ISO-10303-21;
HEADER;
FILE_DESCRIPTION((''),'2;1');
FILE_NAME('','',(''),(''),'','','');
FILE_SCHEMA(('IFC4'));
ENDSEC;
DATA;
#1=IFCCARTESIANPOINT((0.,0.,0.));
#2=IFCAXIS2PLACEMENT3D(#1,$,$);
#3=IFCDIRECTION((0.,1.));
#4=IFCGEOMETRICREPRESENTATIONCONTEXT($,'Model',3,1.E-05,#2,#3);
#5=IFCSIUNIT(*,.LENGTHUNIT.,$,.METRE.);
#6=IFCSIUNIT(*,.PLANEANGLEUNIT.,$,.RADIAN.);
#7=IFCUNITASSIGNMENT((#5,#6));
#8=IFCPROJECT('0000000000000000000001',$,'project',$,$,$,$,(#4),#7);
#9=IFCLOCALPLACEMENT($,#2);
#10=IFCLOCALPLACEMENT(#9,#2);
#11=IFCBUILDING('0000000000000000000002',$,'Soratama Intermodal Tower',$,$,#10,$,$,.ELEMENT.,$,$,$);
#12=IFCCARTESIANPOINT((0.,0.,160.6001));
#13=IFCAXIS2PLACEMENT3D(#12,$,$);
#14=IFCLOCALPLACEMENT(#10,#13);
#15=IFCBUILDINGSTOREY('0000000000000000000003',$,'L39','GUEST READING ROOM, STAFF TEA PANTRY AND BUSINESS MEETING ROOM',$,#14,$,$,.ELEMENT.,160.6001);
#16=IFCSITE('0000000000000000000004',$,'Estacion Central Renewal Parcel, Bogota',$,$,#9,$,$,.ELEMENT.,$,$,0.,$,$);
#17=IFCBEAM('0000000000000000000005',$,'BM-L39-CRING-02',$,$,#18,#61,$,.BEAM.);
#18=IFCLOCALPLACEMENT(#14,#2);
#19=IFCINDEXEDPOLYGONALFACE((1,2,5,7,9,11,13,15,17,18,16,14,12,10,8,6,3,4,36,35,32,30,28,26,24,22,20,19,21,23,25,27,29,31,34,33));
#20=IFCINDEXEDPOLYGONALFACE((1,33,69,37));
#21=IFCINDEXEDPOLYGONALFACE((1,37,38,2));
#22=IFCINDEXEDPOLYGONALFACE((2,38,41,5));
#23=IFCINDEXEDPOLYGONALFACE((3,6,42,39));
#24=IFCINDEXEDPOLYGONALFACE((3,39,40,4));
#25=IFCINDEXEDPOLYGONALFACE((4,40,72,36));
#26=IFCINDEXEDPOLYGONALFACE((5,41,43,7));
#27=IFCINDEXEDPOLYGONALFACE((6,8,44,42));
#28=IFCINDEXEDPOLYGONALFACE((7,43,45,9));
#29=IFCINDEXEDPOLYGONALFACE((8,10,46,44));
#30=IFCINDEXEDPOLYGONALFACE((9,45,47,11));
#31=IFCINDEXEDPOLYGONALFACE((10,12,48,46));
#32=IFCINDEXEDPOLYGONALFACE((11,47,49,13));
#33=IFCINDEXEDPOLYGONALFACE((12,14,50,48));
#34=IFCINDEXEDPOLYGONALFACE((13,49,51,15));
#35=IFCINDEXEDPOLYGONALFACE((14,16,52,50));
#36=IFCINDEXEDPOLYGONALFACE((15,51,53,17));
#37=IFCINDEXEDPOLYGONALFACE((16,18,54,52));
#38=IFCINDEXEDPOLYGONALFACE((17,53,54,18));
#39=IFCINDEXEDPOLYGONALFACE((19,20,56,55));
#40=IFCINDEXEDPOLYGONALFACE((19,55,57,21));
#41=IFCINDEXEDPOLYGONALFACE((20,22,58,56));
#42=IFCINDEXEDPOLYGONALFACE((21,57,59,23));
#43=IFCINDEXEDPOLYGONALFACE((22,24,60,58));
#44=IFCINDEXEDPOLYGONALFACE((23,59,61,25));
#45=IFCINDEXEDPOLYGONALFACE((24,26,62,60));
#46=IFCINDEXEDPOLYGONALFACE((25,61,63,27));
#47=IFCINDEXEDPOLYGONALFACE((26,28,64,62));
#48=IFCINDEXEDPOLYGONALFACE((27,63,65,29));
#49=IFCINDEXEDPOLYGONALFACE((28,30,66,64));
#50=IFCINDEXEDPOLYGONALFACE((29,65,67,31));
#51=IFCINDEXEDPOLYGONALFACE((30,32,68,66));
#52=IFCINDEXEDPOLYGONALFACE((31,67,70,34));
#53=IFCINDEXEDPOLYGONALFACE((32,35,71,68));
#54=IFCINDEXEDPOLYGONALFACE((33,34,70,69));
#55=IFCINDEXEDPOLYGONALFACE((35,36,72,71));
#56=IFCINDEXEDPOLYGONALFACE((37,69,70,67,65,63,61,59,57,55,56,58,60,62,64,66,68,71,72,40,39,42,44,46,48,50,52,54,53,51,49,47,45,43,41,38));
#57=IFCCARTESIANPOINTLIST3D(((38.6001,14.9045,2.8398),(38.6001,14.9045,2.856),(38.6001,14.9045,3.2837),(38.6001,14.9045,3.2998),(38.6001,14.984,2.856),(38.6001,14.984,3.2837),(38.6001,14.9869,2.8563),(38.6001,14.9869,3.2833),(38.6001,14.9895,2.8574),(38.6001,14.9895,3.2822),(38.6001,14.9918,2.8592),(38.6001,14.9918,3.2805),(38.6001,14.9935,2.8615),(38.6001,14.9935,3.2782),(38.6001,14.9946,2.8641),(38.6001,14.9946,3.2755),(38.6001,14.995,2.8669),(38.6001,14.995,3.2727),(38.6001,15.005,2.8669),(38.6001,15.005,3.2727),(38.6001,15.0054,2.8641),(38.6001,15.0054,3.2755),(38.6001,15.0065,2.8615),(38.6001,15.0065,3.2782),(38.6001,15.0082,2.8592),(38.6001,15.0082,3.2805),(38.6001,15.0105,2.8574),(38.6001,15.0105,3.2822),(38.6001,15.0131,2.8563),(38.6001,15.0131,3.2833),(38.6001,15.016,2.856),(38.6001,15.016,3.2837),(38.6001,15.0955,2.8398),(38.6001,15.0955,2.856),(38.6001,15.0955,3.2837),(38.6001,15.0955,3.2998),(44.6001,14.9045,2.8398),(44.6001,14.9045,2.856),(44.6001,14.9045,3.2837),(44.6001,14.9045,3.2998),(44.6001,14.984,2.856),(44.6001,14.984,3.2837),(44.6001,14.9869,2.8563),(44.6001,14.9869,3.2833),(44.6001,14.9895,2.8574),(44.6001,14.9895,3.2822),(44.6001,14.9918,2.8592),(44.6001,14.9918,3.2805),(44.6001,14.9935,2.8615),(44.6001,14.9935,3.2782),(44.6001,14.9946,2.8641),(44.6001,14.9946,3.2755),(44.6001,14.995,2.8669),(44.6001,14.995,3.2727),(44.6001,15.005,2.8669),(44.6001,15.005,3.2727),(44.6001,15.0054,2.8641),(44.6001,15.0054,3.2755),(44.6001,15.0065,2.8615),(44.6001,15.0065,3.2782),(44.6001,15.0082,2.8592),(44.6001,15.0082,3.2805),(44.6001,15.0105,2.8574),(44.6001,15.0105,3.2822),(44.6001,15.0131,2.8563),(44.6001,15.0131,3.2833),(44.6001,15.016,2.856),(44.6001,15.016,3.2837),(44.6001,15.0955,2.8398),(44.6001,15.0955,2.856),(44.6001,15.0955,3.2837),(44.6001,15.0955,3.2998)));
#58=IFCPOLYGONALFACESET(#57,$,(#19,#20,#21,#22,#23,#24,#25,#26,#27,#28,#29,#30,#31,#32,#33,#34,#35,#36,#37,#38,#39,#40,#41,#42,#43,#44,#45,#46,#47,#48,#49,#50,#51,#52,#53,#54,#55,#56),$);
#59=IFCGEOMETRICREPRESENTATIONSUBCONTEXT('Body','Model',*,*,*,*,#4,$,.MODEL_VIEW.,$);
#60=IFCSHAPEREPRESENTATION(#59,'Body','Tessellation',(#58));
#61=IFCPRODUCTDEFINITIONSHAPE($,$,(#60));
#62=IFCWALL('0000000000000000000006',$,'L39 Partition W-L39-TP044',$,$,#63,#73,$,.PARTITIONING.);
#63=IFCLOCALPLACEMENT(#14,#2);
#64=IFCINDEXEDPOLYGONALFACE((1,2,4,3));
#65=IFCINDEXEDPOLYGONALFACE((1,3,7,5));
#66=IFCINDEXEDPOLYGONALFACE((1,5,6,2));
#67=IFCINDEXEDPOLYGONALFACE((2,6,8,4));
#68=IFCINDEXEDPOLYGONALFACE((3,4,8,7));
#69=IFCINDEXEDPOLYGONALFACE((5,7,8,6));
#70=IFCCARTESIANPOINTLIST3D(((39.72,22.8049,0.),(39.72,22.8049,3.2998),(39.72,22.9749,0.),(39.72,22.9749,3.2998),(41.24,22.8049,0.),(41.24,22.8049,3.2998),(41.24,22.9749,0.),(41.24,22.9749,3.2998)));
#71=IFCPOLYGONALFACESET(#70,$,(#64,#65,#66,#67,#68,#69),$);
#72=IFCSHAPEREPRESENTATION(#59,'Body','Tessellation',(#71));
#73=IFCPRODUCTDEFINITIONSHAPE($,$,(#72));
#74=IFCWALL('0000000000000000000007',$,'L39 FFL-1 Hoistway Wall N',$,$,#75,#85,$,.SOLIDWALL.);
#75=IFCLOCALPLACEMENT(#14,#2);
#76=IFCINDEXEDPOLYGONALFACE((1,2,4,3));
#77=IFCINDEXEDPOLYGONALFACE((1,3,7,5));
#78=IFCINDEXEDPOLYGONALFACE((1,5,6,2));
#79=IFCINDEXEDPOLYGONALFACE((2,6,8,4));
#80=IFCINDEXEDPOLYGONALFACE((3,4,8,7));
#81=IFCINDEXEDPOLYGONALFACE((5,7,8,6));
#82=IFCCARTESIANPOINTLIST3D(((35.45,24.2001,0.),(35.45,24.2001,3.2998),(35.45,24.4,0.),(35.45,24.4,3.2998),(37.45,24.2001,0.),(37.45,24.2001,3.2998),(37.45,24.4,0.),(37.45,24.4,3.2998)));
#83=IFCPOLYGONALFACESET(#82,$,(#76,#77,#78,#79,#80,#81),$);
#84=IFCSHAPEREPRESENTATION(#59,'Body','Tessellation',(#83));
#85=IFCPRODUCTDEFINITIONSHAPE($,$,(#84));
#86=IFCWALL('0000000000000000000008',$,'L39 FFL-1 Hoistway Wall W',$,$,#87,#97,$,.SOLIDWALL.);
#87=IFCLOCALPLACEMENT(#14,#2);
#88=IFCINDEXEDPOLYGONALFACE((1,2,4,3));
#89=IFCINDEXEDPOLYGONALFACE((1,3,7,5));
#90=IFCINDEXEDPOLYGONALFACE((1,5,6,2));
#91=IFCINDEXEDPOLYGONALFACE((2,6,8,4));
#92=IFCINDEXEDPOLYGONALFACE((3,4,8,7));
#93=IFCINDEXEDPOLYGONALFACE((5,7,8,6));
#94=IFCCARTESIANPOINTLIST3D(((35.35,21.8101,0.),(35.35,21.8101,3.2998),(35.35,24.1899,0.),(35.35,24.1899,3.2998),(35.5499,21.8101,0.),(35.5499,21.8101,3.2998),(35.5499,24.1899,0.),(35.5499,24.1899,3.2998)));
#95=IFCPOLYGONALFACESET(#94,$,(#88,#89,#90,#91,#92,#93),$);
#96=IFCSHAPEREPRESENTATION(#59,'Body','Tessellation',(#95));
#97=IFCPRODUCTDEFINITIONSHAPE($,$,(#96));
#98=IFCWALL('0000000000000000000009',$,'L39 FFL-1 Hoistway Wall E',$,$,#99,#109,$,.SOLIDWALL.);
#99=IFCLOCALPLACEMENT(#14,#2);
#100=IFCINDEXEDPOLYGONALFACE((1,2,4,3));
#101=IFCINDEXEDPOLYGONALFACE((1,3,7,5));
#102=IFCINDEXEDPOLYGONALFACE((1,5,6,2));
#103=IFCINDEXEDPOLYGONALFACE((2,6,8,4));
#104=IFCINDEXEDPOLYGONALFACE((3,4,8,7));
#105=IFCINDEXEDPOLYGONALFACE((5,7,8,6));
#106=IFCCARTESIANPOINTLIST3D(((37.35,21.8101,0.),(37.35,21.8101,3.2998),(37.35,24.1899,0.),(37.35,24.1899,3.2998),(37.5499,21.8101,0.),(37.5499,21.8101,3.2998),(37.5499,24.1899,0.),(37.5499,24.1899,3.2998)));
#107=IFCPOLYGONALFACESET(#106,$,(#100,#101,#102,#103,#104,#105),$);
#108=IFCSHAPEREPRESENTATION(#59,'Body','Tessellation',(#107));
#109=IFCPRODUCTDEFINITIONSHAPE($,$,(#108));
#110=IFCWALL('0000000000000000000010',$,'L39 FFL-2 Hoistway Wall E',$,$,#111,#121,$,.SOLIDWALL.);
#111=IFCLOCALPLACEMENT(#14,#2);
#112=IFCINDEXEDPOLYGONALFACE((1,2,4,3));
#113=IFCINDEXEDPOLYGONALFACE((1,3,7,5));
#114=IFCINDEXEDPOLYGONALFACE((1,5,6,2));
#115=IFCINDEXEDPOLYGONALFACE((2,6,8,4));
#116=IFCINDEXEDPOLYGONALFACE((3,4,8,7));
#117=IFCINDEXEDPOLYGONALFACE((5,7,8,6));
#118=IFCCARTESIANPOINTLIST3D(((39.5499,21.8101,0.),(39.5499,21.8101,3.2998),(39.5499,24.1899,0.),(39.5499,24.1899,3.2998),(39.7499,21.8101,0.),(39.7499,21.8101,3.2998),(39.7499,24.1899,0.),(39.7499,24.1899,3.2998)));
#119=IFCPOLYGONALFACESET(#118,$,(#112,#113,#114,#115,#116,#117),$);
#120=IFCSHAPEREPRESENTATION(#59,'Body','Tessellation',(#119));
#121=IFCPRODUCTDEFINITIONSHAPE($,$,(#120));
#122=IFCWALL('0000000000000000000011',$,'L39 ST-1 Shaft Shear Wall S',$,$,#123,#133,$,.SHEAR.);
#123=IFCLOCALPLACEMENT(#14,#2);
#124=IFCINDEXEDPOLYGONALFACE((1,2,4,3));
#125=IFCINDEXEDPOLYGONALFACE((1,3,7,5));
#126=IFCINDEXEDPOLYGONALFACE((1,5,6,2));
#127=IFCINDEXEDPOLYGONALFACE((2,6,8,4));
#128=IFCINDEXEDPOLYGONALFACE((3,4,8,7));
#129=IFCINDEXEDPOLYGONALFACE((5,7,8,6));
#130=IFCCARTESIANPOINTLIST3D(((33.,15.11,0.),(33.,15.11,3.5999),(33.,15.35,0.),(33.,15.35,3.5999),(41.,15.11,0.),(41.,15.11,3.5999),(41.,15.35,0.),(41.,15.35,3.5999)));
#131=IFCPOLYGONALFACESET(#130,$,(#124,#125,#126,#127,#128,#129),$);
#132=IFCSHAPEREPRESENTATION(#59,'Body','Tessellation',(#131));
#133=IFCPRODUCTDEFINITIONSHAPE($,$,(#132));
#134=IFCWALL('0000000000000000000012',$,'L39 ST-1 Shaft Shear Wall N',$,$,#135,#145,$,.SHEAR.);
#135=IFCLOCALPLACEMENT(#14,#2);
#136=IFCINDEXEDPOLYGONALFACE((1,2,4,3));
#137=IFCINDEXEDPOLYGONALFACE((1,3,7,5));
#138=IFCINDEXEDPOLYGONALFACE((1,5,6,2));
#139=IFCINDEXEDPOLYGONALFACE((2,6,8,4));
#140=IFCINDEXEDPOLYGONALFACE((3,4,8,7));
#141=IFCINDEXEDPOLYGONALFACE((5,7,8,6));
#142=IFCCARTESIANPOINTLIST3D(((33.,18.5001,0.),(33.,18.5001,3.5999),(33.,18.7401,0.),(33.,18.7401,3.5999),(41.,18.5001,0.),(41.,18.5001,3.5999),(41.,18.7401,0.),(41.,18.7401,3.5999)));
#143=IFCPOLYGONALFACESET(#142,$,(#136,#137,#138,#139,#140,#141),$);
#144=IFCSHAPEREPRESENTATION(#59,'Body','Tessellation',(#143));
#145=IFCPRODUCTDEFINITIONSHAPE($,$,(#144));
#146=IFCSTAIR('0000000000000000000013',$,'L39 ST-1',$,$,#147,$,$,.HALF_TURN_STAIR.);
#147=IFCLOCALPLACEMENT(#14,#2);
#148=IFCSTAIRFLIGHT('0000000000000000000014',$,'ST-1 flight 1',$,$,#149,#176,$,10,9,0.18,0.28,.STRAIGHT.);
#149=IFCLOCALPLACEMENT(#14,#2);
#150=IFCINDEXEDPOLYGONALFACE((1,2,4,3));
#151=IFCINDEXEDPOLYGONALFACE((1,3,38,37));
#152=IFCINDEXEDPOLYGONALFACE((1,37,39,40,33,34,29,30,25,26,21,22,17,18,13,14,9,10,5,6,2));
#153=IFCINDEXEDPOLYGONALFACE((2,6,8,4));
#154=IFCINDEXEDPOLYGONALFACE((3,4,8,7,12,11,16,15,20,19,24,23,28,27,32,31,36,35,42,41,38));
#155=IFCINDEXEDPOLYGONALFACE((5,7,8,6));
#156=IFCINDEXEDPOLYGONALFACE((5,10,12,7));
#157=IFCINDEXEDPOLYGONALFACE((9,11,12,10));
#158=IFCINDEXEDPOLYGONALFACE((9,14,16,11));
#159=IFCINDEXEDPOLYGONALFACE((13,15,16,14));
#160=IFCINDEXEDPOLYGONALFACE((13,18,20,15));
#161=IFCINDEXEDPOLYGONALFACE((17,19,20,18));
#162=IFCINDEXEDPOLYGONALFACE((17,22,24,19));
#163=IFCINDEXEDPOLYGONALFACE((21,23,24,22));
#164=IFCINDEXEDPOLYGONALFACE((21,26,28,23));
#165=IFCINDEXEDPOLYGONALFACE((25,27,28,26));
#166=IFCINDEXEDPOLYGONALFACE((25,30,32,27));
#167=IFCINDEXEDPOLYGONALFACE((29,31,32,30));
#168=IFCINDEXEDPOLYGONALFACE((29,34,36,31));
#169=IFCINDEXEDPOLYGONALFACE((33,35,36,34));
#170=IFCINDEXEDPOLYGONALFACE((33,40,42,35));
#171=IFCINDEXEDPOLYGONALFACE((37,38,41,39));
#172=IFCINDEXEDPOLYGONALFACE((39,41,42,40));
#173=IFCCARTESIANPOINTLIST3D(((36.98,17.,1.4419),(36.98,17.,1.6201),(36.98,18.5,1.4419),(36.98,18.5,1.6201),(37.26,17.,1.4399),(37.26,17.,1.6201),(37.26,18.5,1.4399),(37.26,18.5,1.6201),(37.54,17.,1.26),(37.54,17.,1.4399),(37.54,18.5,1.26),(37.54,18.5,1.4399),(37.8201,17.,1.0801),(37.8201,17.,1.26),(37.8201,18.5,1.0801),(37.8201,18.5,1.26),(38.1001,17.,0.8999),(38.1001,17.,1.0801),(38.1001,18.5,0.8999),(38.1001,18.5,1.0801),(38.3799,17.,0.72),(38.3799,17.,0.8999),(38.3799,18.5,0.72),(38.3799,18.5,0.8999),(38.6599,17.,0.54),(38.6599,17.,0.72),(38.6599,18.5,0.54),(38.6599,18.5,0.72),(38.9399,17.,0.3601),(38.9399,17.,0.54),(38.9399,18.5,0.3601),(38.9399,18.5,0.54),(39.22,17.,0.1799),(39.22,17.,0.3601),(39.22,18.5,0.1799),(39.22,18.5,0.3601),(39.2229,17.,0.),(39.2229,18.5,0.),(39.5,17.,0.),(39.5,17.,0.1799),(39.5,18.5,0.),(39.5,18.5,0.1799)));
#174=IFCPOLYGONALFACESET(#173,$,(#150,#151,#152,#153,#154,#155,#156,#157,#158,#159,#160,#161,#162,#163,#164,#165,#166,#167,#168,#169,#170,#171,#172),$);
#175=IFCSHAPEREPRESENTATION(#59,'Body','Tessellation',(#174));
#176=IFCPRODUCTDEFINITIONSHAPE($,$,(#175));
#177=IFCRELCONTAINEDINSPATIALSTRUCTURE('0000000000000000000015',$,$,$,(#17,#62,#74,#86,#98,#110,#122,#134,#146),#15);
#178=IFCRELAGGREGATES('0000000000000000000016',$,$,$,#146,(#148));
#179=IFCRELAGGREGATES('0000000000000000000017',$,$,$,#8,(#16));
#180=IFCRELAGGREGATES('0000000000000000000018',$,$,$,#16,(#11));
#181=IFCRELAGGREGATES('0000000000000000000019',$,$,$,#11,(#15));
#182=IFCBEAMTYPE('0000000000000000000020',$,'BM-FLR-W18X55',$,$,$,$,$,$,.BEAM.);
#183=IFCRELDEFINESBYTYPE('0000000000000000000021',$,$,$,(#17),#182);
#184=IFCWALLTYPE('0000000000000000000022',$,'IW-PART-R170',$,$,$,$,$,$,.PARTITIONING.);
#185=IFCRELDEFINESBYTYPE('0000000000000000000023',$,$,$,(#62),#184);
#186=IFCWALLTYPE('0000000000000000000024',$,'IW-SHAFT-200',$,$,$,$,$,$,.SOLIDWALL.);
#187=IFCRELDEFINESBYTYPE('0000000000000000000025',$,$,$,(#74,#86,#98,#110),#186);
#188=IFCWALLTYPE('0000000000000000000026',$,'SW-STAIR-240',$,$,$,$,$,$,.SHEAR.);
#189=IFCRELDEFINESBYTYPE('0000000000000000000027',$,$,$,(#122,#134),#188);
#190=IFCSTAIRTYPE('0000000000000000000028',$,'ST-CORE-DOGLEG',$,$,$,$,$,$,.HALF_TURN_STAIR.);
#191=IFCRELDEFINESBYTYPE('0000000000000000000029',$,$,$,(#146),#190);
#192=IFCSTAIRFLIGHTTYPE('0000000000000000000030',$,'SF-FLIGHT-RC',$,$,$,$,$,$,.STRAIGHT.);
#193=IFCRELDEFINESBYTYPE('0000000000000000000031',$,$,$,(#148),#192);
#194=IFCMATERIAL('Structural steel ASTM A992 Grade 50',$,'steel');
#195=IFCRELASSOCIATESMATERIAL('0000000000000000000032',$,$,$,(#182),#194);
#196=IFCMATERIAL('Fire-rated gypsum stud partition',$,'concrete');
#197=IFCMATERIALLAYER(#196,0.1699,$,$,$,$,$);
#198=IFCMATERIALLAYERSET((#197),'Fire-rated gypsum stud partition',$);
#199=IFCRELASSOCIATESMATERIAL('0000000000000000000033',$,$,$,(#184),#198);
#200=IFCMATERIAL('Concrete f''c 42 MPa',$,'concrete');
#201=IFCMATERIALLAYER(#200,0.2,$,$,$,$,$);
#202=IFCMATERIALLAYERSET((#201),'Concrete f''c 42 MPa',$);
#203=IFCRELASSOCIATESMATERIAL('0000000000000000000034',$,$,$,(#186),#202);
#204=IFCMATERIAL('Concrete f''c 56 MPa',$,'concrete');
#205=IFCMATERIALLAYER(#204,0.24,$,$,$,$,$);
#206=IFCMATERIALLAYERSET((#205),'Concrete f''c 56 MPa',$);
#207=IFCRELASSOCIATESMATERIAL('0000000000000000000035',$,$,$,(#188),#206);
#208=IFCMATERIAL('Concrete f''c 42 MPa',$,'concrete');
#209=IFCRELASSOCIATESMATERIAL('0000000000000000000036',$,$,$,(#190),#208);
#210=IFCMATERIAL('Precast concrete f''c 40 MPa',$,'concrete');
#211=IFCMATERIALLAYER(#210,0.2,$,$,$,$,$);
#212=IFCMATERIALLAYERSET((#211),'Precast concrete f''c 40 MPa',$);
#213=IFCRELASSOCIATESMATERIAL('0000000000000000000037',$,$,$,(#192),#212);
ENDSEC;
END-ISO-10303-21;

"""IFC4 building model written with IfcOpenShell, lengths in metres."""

from ifc_helpers import new_model, si_unit, direction, frame, frame_2d, origin, origin_2d, place, context, subcontext, project, spatial, polyline, rectangle, i_section, outline, extrude, material, layer, layer_set, material_profile, profile_set, type_object, element, aggregate, save


model = new_model("IFC4")

# Units and contexts
model_context = context("Model", 3, precision=1e-05, world=origin(), true_north=direction((0.0, 1.0)))
body_context = subcontext(model_context, "Body", "Model", "MODEL_VIEW")
ifc_project = project(units=[si_unit("LENGTHUNIT", "METRE"), si_unit("PLANEANGLEUNIT", "RADIAN")], contexts=[model_context])

# Site, building, storey
site_placement = place(None, origin())
site = spatial("IfcSite", under=ifc_project, at=site_placement, Name="Estacion Central Renewal Parcel, Bogota", CompositionType="ELEMENT", RefElevation=0.0)
building_placement = place(site_placement, origin())
building = spatial("IfcBuilding", under=site, at=building_placement, Name="Soratama Intermodal Tower", CompositionType="ELEMENT")
storey_placement = place(building_placement, frame((0.0, 0.0, 160.6001)))
storey = spatial("IfcBuildingStorey", under=building, at=storey_placement, Name="L39", Description="GUEST READING ROOM, STAFF TEA PANTRY AND BUSINESS MEETING ROOM", CompositionType="ELEMENT", Elevation=160.6001)

# Beam
ifc_material_1 = material(Name="Structural steel ASTM A992 Grade 50", Category="steel")
ifc_material_profile = material_profile(ifc_material_1, i_section(OverallWidth=0.1909, OverallDepth=0.46, WebThickness=0.01, FlangeThickness=0.0161, FilletRadius=0.011, at=origin_2d()), Name="W18X55")
ifc_profile_set = profile_set([ifc_material_profile], Name="Structural steel ASTM A992 Grade 50")
beam_type = type_object("IfcBeamType", Name="BM-FLR-W18X55", PredefinedType="BEAM", material=ifc_profile_set)
beam_placement = place(storey_placement, frame((38.6001, 15.0, 3.0698), z_axis=(1.0, 0.0, 0.0), x_axis=(0.0, 1.0, 0.0)))
element("IfcBeam", 1, at=beam_placement, inside=storey, type_object=beam_type, Name="BM-L39-CRING-02", PredefinedType="BEAM", context=body_context, shape_type="SweptSolid", body=[
    extrude(i_section(OverallWidth=0.1909, OverallDepth=0.46, WebThickness=0.01, FlangeThickness=0.0161, FilletRadius=0.011, at=origin_2d()), origin(), (0.0, 0.0, 1.0), 6.0),
])

# Wall
ifc_material_2 = material(Name="Fire-rated gypsum stud partition", Category="concrete")
ifc_layer_1 = layer(ifc_material_2, 0.1699)
ifc_layer_set_1 = layer_set([ifc_layer_1], Name="Fire-rated gypsum stud partition")
wall_type_1 = type_object("IfcWallType", Name="IW-PART-R170", PredefinedType="PARTITIONING", material=ifc_layer_set_1)
wall_1_placement = place(storey_placement, frame((39.72, 22.8899, 0.0), z_axis=(0.0, 0.0, 1.0), x_axis=(1.0, 0.0, 0.0)))
element("IfcWall", 2, at=wall_1_placement, inside=storey, type_object=wall_type_1, Name="L39 Partition W-L39-TP044", PredefinedType="PARTITIONING", context=body_context, shape_type="SweptSolid", body=[
    extrude(rectangle(XDim=1.52, YDim=0.1699, at=frame_2d((0.76, 0.0))), origin(), (0.0, 0.0, 1.0), 3.2998),
])

# Shared definitions
ifc_material_3 = material(Name="Concrete f'c 42 MPa", Category="concrete")
ifc_layer_2 = layer(ifc_material_3, 0.2)
ifc_layer_set_2 = layer_set([ifc_layer_2], Name="Concrete f'c 42 MPa")
wall_type_2 = type_object("IfcWallType", Name="IW-SHAFT-200", PredefinedType="SOLIDWALL", material=ifc_layer_set_2)

# Walls
wall_2_placement = place(storey_placement, frame((35.45, 24.3, 0.0), z_axis=(0.0, 0.0, 1.0), x_axis=(1.0, 0.0, 0.0)))
element("IfcWall", 3, at=wall_2_placement, inside=storey, type_object=wall_type_2, Name="L39 FFL-1 Hoistway Wall N", PredefinedType="SOLIDWALL", context=body_context, shape_type="SweptSolid", body=[
    extrude(rectangle(XDim=2.0, YDim=0.2, at=frame_2d((1.0, 0.0))), origin(), (0.0, 0.0, 1.0), 3.2998),
])
for number, where, z_axis, x_axis, name in (
    (4, (35.45, 21.8101, 0.0), (0.0, 0.0, 1.0), (0.0, 1.0, 0.0), "L39 FFL-1 Hoistway Wall W"),
    (5, (37.45, 21.8101, 0.0), (0.0, 0.0, 1.0), (0.0, 1.0, 0.0), "L39 FFL-1 Hoistway Wall E"),
):
    element("IfcWall", number, at=place(storey_placement, frame(where, z_axis=z_axis, x_axis=x_axis)), inside=storey, type_object=wall_type_2, Name=name, PredefinedType="SOLIDWALL", context=body_context, shape_type="SweptSolid", body=[
        extrude(rectangle(XDim=2.3799, YDim=0.2, at=frame_2d((1.1899, 0.0))), origin(), (0.0, 0.0, 1.0), 3.2998),
    ])

# Wall
wall_3_placement = place(storey_placement, frame((39.6499, 21.8101, 0.0), z_axis=(0.0, 0.0, 1.0), x_axis=(0.0, 1.0, 0.0)))
element("IfcWall", 6, at=wall_3_placement, inside=storey, type_object=wall_type_2, Name="L39 FFL-2 Hoistway Wall E", PredefinedType="SOLIDWALL", context=body_context, shape_type="SweptSolid", body=[
    extrude(rectangle(XDim=2.3799, YDim=0.2, at=frame_2d((1.1899, 0.0))), origin(), (0.0, 0.0, 1.0), 3.2998),
])

# Walls
ifc_material_4 = material(Name="Concrete f'c 56 MPa", Category="concrete")
ifc_layer_3 = layer(ifc_material_4, 0.24)
ifc_layer_set_3 = layer_set([ifc_layer_3], Name="Concrete f'c 56 MPa")
wall_type_3 = type_object("IfcWallType", Name="SW-STAIR-240", PredefinedType="SHEAR", material=ifc_layer_set_3)
for number, where, z_axis, x_axis, name in (
    (7, (33.0, 15.23, 0.0), (0.0, 0.0, 1.0), (1.0, 0.0, 0.0), "L39 ST-1 Shaft Shear Wall S"),
    (8, (33.0, 18.6201, 0.0), (0.0, 0.0, 1.0), (1.0, 0.0, 0.0), "L39 ST-1 Shaft Shear Wall N"),
):
    element("IfcWall", number, at=place(storey_placement, frame(where, z_axis=z_axis, x_axis=x_axis)), inside=storey, type_object=wall_type_3, Name=name, PredefinedType="SHEAR", context=body_context, shape_type="SweptSolid", body=[
        extrude(rectangle(XDim=8.0, YDim=0.24, at=frame_2d((4.0, 0.0))), origin(), (0.0, 0.0, 1.0), 3.5999),
    ])

# Stair, stair flight
ifc_material_5 = material(Name="Concrete f'c 42 MPa", Category="concrete")
stair_type = type_object("IfcStairType", Name="ST-CORE-DOGLEG", PredefinedType="HALF_TURN_STAIR", material=ifc_material_5)
stair_placement = place(storey_placement, origin())
stair = element("IfcStair", 9, at=stair_placement, inside=storey, type_object=stair_type, Name="L39 ST-1", PredefinedType="HALF_TURN_STAIR")
ifc_material_6 = material(Name="Precast concrete f'c 40 MPa", Category="concrete")
ifc_layer_4 = layer(ifc_material_6, 0.2)
ifc_layer_set_4 = layer_set([ifc_layer_4], Name="Precast concrete f'c 40 MPa")
stair_flight_type = type_object("IfcStairFlightType", Name="SF-FLIGHT-RC", PredefinedType="STRAIGHT", material=ifc_layer_set_4)
stair_flight_1_placement = place(storey_placement, frame((39.5, 17.75, 0.0), z_axis=(0.0, 0.0, 1.0), x_axis=(-1.0, 0.0, 0.0)))
stair_flight_1 = element("IfcStairFlight", 10, at=stair_flight_1_placement, type_object=stair_flight_type, Name="ST-1 flight 1", NumberOfRisers=10, NumberOfTreads=9, PredefinedType="STRAIGHT", RiserHeight=0.18, TreadLength=0.28, context=body_context, shape_type="SweptSolid", body=[
    extrude(outline(polyline([(0.0, 0.0), (0.0, 0.1799), (0.28, 0.1799), (0.28, 0.3601), (0.5601, 0.3601), (0.5601, 0.54), (0.8401, 0.54), (0.8401, 0.72), (1.1201, 0.72), (1.1201, 0.8999), (1.3999, 0.8999), (1.3999, 1.0801), (1.6799, 1.0801), (1.6799, 1.26), (1.96, 1.26), (1.96, 1.4399), (2.24, 1.4399), (2.24, 1.6201), (2.52, 1.6201), (2.52, 1.8), (2.52, 1.4419), (0.2771, 0.0), (0.0, 0.0)])), frame((0.0, 0.75, 0.0), z_axis=(0.0, -1.0, 0.0), x_axis=(1.0, 0.0, 0.0)), (0.0, 0.0, 1.0), 1.5),
])
aggregate(stair, [stair_flight_1])

save(model, "model.ifc")
